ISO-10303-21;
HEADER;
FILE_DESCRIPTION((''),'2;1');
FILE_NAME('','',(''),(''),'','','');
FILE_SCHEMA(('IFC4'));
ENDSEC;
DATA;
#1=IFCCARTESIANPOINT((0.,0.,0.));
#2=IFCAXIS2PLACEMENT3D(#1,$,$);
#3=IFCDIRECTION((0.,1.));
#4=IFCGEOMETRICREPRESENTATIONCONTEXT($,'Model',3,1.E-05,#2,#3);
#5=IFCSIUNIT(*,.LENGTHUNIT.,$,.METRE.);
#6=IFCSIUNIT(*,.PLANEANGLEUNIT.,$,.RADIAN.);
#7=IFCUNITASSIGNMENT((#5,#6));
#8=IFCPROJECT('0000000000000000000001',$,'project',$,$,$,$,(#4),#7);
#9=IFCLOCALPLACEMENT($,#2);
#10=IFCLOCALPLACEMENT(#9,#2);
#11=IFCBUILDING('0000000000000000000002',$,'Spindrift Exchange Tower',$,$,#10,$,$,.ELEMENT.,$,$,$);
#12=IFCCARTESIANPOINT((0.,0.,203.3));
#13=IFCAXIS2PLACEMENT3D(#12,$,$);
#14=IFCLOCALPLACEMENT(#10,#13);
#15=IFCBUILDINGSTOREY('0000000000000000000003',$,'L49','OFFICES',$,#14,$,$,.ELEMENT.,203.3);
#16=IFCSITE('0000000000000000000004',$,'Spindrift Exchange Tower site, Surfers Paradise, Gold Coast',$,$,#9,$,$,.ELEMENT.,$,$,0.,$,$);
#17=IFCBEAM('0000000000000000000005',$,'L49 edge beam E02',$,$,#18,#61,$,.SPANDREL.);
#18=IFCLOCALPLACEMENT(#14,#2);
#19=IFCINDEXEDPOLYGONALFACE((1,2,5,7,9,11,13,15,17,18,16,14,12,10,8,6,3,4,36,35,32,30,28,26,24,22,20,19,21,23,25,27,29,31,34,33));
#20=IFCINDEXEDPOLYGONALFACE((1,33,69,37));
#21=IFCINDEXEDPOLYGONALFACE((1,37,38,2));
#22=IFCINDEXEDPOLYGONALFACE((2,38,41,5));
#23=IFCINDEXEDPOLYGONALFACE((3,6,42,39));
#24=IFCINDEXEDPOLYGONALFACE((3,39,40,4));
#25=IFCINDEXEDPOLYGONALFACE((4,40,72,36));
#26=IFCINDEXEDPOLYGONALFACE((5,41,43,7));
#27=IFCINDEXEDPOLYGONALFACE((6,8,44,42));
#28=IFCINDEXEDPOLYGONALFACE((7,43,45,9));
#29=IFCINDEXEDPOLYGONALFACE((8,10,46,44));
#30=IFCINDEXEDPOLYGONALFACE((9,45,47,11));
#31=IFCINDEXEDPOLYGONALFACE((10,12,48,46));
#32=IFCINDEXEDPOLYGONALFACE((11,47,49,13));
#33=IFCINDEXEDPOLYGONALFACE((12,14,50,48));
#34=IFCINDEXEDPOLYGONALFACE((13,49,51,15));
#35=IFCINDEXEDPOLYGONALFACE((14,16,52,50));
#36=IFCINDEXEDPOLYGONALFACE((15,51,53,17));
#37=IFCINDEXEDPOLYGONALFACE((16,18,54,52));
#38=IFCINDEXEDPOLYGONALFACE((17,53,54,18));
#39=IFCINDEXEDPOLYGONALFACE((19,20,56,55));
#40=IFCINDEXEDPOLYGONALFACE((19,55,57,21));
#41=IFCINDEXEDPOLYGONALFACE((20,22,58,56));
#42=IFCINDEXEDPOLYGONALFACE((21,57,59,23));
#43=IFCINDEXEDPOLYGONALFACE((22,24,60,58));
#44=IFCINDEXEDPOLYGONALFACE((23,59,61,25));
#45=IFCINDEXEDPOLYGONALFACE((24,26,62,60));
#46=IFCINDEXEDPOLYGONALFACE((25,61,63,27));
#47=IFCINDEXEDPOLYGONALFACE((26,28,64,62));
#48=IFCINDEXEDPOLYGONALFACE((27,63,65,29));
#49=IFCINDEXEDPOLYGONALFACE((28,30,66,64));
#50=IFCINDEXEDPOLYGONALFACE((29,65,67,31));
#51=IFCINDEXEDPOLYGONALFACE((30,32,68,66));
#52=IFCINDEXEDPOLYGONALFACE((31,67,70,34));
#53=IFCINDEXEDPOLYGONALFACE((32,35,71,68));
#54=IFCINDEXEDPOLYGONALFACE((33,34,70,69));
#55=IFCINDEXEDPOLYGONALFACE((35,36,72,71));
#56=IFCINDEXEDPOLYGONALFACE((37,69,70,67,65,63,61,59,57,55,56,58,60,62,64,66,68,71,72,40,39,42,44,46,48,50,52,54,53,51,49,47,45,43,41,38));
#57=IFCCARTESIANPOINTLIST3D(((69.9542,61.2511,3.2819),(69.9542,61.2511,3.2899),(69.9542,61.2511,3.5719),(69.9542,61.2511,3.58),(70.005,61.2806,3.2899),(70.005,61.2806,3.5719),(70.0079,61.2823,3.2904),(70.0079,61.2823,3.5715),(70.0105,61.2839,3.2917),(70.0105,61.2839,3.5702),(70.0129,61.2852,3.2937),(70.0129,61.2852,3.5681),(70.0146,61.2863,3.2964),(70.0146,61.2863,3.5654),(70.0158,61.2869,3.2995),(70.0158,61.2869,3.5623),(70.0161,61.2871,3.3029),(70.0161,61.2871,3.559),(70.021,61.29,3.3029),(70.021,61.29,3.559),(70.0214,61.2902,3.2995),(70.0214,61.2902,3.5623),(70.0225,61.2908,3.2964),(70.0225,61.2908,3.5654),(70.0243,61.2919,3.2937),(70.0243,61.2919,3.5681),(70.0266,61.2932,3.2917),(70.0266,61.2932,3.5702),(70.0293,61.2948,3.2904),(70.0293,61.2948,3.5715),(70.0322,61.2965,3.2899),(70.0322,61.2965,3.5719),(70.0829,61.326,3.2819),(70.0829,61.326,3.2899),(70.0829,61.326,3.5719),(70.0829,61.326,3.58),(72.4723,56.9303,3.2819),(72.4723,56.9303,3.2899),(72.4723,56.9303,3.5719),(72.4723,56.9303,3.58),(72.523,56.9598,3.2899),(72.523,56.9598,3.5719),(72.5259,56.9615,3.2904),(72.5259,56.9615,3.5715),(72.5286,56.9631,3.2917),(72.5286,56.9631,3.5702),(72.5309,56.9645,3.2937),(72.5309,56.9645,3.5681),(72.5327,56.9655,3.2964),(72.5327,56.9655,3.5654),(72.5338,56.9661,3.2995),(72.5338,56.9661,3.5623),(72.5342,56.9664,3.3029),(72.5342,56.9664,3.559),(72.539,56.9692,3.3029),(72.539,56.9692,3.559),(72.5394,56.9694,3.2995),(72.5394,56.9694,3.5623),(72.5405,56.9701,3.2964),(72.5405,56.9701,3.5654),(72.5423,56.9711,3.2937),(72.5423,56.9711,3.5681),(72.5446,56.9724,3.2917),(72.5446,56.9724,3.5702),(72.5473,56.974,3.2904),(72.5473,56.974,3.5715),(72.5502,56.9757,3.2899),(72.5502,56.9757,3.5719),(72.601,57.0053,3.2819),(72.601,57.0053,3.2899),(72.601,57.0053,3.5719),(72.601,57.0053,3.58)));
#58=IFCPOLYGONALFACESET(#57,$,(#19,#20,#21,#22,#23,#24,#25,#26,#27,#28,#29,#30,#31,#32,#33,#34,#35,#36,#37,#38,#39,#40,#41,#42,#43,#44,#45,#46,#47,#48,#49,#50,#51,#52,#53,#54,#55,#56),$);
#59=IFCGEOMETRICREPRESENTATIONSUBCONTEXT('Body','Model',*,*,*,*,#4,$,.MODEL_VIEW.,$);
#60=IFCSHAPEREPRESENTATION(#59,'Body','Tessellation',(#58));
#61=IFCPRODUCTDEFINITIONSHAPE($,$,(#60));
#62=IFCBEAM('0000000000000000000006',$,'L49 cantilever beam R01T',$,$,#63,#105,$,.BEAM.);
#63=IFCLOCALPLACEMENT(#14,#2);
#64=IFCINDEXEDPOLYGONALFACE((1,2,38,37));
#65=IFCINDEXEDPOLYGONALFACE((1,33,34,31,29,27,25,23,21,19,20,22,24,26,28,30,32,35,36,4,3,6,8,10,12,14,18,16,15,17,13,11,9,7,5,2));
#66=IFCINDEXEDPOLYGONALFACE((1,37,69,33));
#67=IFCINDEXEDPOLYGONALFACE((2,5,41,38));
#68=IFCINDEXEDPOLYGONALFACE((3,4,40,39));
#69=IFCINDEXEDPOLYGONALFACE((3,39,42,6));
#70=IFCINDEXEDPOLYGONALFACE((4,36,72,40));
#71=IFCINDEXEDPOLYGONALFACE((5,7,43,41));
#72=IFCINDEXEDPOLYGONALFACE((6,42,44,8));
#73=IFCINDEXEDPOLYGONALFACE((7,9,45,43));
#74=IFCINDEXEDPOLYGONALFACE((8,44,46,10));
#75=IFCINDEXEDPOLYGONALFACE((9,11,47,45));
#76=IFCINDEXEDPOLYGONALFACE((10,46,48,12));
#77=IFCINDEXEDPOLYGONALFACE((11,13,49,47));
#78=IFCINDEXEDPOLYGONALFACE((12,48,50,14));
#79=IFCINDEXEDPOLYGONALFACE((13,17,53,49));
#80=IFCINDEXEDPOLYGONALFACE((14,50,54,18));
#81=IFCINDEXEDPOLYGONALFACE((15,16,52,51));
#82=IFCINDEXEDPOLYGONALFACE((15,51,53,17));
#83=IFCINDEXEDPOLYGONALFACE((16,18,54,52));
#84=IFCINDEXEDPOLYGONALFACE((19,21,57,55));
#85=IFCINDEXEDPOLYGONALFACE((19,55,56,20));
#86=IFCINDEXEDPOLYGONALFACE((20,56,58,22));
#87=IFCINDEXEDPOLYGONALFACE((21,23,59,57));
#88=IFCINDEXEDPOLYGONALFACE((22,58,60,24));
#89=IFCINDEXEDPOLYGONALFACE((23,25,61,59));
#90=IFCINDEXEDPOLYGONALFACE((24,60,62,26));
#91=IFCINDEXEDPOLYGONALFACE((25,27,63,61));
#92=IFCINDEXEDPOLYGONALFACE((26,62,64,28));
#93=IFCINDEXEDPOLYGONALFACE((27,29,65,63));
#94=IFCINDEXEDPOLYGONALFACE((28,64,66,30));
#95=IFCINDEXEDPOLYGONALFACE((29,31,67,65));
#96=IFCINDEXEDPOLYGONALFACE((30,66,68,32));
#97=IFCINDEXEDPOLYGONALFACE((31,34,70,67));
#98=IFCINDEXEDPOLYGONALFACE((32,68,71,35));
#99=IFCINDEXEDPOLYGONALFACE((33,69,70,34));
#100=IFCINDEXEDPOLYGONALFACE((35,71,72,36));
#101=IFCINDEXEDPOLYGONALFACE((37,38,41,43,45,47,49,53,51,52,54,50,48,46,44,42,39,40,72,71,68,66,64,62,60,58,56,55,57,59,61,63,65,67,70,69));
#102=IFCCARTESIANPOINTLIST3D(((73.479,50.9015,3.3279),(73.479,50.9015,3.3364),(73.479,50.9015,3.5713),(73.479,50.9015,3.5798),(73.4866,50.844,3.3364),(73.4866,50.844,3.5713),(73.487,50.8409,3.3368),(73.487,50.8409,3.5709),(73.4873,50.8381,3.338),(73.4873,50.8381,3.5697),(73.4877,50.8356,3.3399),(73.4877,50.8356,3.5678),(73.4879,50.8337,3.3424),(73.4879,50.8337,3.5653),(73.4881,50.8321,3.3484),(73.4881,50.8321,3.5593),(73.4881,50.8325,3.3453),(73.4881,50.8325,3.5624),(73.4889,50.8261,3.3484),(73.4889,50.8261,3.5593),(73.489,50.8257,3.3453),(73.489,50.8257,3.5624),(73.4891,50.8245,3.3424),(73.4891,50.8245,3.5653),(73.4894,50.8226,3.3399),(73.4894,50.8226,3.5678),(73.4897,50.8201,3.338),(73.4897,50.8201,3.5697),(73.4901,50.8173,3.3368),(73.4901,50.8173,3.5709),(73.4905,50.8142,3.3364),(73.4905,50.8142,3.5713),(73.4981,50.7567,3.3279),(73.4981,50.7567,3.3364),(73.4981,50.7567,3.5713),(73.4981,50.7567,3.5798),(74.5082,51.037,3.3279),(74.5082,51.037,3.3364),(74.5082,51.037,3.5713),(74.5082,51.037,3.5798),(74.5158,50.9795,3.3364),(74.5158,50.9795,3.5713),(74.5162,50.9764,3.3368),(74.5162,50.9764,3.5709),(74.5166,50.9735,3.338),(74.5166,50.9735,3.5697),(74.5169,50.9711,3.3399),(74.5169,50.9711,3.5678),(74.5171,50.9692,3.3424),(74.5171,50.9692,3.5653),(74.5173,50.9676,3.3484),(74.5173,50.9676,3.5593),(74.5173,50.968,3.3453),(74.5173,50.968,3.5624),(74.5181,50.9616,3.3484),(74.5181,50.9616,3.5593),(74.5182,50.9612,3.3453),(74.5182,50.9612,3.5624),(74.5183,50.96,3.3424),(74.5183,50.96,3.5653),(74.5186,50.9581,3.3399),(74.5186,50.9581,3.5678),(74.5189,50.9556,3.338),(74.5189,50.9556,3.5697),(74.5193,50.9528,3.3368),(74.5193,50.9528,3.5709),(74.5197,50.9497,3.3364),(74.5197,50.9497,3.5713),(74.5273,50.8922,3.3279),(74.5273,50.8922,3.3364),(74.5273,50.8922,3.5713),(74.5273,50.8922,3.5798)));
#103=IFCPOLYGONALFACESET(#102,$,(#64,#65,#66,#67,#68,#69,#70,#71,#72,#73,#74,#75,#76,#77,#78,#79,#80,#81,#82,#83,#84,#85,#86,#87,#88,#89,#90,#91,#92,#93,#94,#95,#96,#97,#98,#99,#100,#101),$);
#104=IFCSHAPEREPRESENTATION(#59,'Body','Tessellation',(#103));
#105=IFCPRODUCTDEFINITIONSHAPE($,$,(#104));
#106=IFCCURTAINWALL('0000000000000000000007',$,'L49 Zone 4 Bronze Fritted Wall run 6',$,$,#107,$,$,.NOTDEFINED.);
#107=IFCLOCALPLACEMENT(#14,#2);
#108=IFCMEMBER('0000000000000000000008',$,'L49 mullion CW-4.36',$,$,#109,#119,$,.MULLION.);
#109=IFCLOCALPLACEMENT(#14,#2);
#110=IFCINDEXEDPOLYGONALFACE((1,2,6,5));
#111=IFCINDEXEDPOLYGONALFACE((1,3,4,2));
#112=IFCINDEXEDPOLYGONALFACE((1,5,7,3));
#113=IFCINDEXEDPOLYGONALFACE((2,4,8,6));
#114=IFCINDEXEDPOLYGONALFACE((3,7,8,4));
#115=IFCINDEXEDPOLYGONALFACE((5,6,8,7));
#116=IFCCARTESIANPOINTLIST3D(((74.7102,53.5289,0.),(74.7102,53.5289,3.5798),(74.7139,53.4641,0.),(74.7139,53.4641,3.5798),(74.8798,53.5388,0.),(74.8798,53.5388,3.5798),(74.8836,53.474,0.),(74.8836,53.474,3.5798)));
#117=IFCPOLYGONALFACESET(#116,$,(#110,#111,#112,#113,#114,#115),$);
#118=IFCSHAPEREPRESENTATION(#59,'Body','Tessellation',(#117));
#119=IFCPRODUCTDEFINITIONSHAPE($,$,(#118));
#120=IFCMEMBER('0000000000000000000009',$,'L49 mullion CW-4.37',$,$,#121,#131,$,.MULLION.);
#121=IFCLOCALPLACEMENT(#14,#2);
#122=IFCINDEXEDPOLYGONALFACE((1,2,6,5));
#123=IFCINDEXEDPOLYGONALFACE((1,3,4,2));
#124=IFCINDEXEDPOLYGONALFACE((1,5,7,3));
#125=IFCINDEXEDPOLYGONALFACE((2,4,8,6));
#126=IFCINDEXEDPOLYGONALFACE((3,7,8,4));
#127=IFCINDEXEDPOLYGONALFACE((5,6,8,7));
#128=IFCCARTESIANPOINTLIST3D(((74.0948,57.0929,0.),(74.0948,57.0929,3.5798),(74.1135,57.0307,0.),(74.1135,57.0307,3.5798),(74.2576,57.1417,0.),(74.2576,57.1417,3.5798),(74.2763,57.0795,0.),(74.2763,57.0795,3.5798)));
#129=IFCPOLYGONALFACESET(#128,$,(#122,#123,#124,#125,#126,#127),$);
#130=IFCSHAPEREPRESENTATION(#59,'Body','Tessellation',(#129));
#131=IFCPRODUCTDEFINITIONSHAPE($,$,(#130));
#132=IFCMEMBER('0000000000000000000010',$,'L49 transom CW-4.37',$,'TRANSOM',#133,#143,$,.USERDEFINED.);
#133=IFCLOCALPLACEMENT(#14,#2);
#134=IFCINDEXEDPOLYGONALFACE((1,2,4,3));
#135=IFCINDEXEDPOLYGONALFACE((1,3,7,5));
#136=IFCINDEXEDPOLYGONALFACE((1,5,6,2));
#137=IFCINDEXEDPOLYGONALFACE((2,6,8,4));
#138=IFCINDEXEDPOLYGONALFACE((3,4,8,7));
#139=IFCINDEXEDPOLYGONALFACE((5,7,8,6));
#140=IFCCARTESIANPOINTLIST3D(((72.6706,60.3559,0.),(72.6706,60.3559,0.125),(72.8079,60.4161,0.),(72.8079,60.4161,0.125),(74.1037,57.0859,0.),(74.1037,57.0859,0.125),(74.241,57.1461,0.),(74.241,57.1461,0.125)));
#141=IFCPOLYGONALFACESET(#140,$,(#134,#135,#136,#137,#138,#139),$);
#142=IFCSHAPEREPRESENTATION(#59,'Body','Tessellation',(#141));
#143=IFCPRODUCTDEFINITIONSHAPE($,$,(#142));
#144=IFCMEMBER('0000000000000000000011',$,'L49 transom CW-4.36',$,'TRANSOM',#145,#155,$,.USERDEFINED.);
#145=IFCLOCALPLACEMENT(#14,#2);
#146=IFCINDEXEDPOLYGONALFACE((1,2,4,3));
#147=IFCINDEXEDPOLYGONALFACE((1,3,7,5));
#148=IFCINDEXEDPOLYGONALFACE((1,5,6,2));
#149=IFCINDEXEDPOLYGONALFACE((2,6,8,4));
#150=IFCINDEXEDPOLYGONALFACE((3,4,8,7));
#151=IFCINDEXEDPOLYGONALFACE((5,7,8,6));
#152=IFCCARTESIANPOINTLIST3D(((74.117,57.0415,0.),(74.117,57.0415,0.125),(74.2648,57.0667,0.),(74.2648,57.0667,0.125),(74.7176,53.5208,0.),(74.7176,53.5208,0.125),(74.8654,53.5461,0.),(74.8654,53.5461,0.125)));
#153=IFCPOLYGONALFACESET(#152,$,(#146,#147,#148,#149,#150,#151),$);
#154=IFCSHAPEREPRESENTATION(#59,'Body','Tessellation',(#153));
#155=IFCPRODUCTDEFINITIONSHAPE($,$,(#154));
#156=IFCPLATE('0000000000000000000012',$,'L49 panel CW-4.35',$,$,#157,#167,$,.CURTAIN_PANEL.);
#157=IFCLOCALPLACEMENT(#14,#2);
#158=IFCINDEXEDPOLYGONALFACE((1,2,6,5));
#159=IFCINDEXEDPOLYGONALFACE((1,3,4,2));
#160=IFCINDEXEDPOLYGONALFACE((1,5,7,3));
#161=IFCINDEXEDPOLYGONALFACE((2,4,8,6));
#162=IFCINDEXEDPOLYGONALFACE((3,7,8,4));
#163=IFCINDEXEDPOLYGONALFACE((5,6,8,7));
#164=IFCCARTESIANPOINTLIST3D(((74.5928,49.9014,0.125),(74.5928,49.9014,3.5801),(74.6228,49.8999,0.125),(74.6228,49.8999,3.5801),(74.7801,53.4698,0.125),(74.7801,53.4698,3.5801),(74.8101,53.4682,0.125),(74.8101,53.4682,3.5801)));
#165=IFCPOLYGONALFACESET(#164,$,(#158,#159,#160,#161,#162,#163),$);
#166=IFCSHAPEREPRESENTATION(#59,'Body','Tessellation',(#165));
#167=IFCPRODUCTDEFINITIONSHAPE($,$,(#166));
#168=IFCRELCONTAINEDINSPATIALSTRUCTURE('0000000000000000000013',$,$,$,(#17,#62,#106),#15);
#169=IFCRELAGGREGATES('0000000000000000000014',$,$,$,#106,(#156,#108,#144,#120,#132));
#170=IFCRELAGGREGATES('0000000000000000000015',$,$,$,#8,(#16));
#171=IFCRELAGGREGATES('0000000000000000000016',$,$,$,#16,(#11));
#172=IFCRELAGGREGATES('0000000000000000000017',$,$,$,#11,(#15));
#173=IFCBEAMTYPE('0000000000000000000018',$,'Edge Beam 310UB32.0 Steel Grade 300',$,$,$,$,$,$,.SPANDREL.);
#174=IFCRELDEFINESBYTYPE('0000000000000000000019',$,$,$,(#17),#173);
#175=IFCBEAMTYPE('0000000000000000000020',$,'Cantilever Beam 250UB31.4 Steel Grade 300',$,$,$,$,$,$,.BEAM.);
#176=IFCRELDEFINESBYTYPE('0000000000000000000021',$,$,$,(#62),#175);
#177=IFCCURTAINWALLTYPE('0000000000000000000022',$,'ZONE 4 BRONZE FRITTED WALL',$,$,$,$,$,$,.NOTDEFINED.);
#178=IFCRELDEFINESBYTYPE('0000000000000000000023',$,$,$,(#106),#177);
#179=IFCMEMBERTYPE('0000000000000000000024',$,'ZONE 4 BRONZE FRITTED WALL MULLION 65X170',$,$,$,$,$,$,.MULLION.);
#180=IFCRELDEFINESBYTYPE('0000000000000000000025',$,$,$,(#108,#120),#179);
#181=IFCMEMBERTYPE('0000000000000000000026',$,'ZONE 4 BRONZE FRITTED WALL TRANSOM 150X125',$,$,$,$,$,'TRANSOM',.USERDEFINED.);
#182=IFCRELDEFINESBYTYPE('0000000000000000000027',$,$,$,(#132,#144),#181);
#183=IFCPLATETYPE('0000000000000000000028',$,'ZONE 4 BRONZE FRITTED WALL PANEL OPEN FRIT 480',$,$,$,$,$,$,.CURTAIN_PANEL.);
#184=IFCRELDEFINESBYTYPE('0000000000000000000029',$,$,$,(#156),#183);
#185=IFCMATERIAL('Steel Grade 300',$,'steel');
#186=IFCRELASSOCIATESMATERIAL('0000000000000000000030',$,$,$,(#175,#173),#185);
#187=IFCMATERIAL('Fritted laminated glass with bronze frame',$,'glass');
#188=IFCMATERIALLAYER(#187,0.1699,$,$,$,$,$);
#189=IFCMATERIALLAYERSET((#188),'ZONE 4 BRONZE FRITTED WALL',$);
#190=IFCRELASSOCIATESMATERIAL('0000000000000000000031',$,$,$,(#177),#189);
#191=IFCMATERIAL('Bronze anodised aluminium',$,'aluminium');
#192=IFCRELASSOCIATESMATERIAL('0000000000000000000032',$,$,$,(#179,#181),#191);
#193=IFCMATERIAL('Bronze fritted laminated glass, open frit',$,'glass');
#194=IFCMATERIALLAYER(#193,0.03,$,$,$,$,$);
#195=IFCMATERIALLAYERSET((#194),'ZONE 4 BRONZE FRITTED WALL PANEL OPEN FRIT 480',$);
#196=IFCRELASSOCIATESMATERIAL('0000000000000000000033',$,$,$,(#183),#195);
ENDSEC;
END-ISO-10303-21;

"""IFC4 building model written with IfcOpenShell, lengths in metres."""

from ifc_helpers import new_model, si_unit, direction, frame, origin, origin_2d, place, context, subcontext, project, spatial, rectangle, i_section, extrude, source, transform, mapped, material, layer, layer_set, material_profile, profile_set, type_object, element, aggregate, save


model = new_model("IFC4")

# Units and contexts
model_context = context("Model", 3, precision=1e-05, world=origin(), true_north=direction((0.0, 1.0)))
body_context = subcontext(model_context, "Body", "Model", "MODEL_VIEW")
ifc_project = project(units=[si_unit("LENGTHUNIT", "METRE"), si_unit("PLANEANGLEUNIT", "RADIAN")], contexts=[model_context])

# Site, building, storey
site_placement = place(None, origin())
site = spatial("IfcSite", under=ifc_project, at=site_placement, Name="Spindrift Exchange Tower site, Surfers Paradise, Gold Coast", CompositionType="ELEMENT", RefElevation=0.0)
building_placement = place(site_placement, origin())
building = spatial("IfcBuilding", under=site, at=building_placement, Name="Spindrift Exchange Tower", CompositionType="ELEMENT")
storey_placement = place(building_placement, frame((0.0, 0.0, 203.3)))
storey = spatial("IfcBuildingStorey", under=building, at=storey_placement, Name="L49", Description="OFFICES", CompositionType="ELEMENT", Elevation=203.3)

# Beams
ifc_material_1 = material(Name="Steel Grade 300", Category="steel")
ifc_material_profile_1 = material_profile(ifc_material_1, i_section(OverallWidth=0.146, OverallDepth=0.252, WebThickness=0.0061, FlangeThickness=0.0085, FilletRadius=0.012, at=origin_2d()), Name="250UB31.4")
ifc_profile_set_1 = profile_set([ifc_material_profile_1], Name="Steel Grade 300")
beam_type_1 = type_object("IfcBeamType", Name="Cantilever Beam 250UB31.4 Steel Grade 300", PredefinedType="BEAM", material=ifc_profile_set_1)
ifc_material_profile_2 = material_profile(ifc_material_1, i_section(OverallWidth=0.1489, OverallDepth=0.2981, WebThickness=0.0056, FlangeThickness=0.0081, FilletRadius=0.0129, at=origin_2d()), Name="310UB32.0")
ifc_profile_set_2 = profile_set([ifc_material_profile_2], Name="Steel Grade 300")
beam_type_2 = type_object("IfcBeamType", Name="Edge Beam 310UB32.0 Steel Grade 300", PredefinedType="SPANDREL", material=ifc_profile_set_2)
shared_shape_1 = source(origin(), body_context, "Body", "SweptSolid", [
    extrude(i_section(OverallWidth=0.1489, OverallDepth=0.2981, WebThickness=0.0056, FlangeThickness=0.0081, FilletRadius=0.0129, at=origin_2d()), origin(), (0.0, 0.0, 1.0), 5.001),
])
beam_1_placement = place(storey_placement, frame((72.5366, 56.9678, 3.4309), z_axis=(-0.503513, 0.863988, 0.0), x_axis=(-0.863988, -0.503513, 0.0)))
element("IfcBeam", 1, at=beam_1_placement, inside=storey, type_object=beam_type_2, Name="L49 edge beam E02", PredefinedType="SPANDREL", context=body_context, shape_type="MappedRepresentation", body=[
    mapped(shared_shape_1, transform((0.0, 0.0, 0.0), scale=1.0)),
])
shared_shape_2 = source(origin(), body_context, "Body", "SweptSolid", [
    extrude(i_section(OverallWidth=0.146, OverallDepth=0.252, WebThickness=0.0061, FlangeThickness=0.0085, FilletRadius=0.012, at=origin_2d()), origin(), (0.0, 0.0, 1.0), 1.0381),
])
beam_2_placement = place(storey_placement, frame((73.4885, 50.8291, 3.4539), z_axis=(0.991446, 0.130515, 0.0), x_axis=(-0.130515, 0.991446, 0.0)))
element("IfcBeam", 2, at=beam_2_placement, inside=storey, type_object=beam_type_1, Name="L49 cantilever beam R01T", PredefinedType="BEAM", context=body_context, shape_type="MappedRepresentation", body=[
    mapped(shared_shape_2, transform((0.0, 0.0, 0.0), scale=1.0)),
])

# Curtain wall, members, plate
ifc_material_2 = material(Name="Fritted laminated glass with bronze frame", Category="glass")
ifc_layer_1 = layer(ifc_material_2, 0.1699)
ifc_layer_set_1 = layer_set([ifc_layer_1], Name="ZONE 4 BRONZE FRITTED WALL")
curtain_wall_type = type_object("IfcCurtainWallType", Name="ZONE 4 BRONZE FRITTED WALL", PredefinedType="NOTDEFINED", material=ifc_layer_set_1)
curtain_wall_placement = place(storey_placement, origin())
curtain_wall = element("IfcCurtainWall", 3, at=curtain_wall_placement, inside=storey, type_object=curtain_wall_type, Name="L49 Zone 4 Bronze Fritted Wall run 6", PredefinedType="NOTDEFINED")
ifc_material_3 = material(Name="Bronze anodised aluminium", Category="aluminium")
ifc_material_profile_3 = material_profile(ifc_material_3, rectangle(XDim=0.0649, YDim=0.1699, at=origin_2d()), Name="ZONE 4 BRONZE FRITTED WALL MULLION 65X170")
ifc_profile_set_3 = profile_set([ifc_material_profile_3], Name="Bronze anodised aluminium")
member_type_1 = type_object("IfcMemberType", Name="ZONE 4 BRONZE FRITTED WALL MULLION 65X170", PredefinedType="MULLION", material=ifc_profile_set_3)
shared_shape_3 = source(origin(), body_context, "Body", "SweptSolid", [
    extrude(rectangle(XDim=0.0649, YDim=0.1699, at=origin_2d()), origin(), (0.0, 0.0, 1.0), 3.5798),
])
member_1_placement = place(storey_placement, frame((74.7969, 53.5015, 0.0), z_axis=(0.0, 0.0, 1.0), x_axis=(-0.058212, 0.998304, 0.0)))
member_1 = element("IfcMember", 4, at=member_1_placement, type_object=member_type_1, Name="L49 mullion CW-4.36", PredefinedType="MULLION", context=body_context, shape_type="MappedRepresentation", body=[
    mapped(shared_shape_3, transform((0.0, 0.0, 0.0), scale=1.0)),
])
member_2_placement = place(storey_placement, frame((74.1855, 57.0862, 0.0), z_axis=(0.0, 0.0, 1.0), x_axis=(-0.286901, 0.95796, 0.0)))
member_2 = element("IfcMember", 5, at=member_2_placement, type_object=member_type_1, Name="L49 mullion CW-4.37", PredefinedType="MULLION", context=body_context, shape_type="MappedRepresentation", body=[
    mapped(shared_shape_3, transform((0.0, 0.0, 0.0), scale=1.0)),
])
ifc_material_profile_4 = material_profile(ifc_material_3, rectangle(XDim=0.1499, YDim=0.125, at=origin_2d()), Name="ZONE 4 BRONZE FRITTED WALL TRANSOM 150X125")
ifc_profile_set_4 = profile_set([ifc_material_profile_4], Name="Bronze anodised aluminium")
member_type_2 = type_object("IfcMemberType", Name="ZONE 4 BRONZE FRITTED WALL TRANSOM 150X125", ElementType="TRANSOM", PredefinedType="USERDEFINED", material=ifc_profile_set_4)
shared_shape_4 = source(origin(), body_context, "Body", "SweptSolid", [
    extrude(rectangle(XDim=0.1499, YDim=0.125, at=origin_2d()), origin(), (0.0, 0.0, 1.0), 3.5703),
])
member_3_placement = place(storey_placement, frame((74.1724, 57.116, 0.0625), z_axis=(-0.4014, 0.915903, 0.0), x_axis=(-0.915903, -0.4014, 0.0)))
member_3 = element("IfcMember", 6, at=member_3_placement, type_object=member_type_2, Name="L49 transom CW-4.37", ObjectType="TRANSOM", PredefinedType="USERDEFINED", context=body_context, shape_type="MappedRepresentation", body=[
    mapped(shared_shape_4, transform((0.0, 0.0, 0.0), scale=1.0)),
])
shared_shape_5 = source(origin(), body_context, "Body", "SweptSolid", [
    extrude(rectangle(XDim=0.1499, YDim=0.125, at=origin_2d()), origin(), (0.0, 0.0, 1.0), 3.5715),
])
member_4_placement = place(storey_placement, frame((74.7915, 53.5334, 0.0625), z_axis=(-0.168156, 0.98576, 0.0), x_axis=(-0.98576, -0.168156, 0.0)))
member_4 = element("IfcMember", 7, at=member_4_placement, type_object=member_type_2, Name="L49 transom CW-4.36", ObjectType="TRANSOM", PredefinedType="USERDEFINED", context=body_context, shape_type="MappedRepresentation", body=[
    mapped(shared_shape_5, transform((0.0, 0.0, 0.0), scale=1.0)),
])
ifc_material_4 = material(Name="Bronze fritted laminated glass, open frit", Category="glass")
ifc_layer_2 = layer(ifc_material_4, 0.03)
ifc_layer_set_2 = layer_set([ifc_layer_2], Name="ZONE 4 BRONZE FRITTED WALL PANEL OPEN FRIT 480")
plate_type_1 = type_object("IfcPlateType", Name="ZONE 4 BRONZE FRITTED WALL PANEL OPEN FRIT 480", PredefinedType="CURTAIN_PANEL", material=ifc_layer_set_2)
shared_shape_6 = source(origin(), body_context, "Body", "SweptSolid", [
    extrude(rectangle(XDim=3.5732, YDim=0.03, at=origin_2d()), origin(), (0.0, 0.0, 1.0), 3.4551),
])
plate_1_placement = place(storey_placement, frame((74.7014, 51.6848, 0.125), z_axis=(0.0, 0.0, 1.0), x_axis=(0.052414, 0.998625, 0.0)))
plate_1 = element("IfcPlate", 8, at=plate_1_placement, type_object=plate_type_1, Name="L49 panel CW-4.35", PredefinedType="CURTAIN_PANEL", context=body_context, shape_type="MappedRepresentation", body=[
    mapped(shared_shape_6, transform((0.0, 0.0, 0.0), scale=1.0)),
])
aggregate(curtain_wall, [plate_1, member_1, member_4, member_2, member_3])

save(model, "model.ifc")
